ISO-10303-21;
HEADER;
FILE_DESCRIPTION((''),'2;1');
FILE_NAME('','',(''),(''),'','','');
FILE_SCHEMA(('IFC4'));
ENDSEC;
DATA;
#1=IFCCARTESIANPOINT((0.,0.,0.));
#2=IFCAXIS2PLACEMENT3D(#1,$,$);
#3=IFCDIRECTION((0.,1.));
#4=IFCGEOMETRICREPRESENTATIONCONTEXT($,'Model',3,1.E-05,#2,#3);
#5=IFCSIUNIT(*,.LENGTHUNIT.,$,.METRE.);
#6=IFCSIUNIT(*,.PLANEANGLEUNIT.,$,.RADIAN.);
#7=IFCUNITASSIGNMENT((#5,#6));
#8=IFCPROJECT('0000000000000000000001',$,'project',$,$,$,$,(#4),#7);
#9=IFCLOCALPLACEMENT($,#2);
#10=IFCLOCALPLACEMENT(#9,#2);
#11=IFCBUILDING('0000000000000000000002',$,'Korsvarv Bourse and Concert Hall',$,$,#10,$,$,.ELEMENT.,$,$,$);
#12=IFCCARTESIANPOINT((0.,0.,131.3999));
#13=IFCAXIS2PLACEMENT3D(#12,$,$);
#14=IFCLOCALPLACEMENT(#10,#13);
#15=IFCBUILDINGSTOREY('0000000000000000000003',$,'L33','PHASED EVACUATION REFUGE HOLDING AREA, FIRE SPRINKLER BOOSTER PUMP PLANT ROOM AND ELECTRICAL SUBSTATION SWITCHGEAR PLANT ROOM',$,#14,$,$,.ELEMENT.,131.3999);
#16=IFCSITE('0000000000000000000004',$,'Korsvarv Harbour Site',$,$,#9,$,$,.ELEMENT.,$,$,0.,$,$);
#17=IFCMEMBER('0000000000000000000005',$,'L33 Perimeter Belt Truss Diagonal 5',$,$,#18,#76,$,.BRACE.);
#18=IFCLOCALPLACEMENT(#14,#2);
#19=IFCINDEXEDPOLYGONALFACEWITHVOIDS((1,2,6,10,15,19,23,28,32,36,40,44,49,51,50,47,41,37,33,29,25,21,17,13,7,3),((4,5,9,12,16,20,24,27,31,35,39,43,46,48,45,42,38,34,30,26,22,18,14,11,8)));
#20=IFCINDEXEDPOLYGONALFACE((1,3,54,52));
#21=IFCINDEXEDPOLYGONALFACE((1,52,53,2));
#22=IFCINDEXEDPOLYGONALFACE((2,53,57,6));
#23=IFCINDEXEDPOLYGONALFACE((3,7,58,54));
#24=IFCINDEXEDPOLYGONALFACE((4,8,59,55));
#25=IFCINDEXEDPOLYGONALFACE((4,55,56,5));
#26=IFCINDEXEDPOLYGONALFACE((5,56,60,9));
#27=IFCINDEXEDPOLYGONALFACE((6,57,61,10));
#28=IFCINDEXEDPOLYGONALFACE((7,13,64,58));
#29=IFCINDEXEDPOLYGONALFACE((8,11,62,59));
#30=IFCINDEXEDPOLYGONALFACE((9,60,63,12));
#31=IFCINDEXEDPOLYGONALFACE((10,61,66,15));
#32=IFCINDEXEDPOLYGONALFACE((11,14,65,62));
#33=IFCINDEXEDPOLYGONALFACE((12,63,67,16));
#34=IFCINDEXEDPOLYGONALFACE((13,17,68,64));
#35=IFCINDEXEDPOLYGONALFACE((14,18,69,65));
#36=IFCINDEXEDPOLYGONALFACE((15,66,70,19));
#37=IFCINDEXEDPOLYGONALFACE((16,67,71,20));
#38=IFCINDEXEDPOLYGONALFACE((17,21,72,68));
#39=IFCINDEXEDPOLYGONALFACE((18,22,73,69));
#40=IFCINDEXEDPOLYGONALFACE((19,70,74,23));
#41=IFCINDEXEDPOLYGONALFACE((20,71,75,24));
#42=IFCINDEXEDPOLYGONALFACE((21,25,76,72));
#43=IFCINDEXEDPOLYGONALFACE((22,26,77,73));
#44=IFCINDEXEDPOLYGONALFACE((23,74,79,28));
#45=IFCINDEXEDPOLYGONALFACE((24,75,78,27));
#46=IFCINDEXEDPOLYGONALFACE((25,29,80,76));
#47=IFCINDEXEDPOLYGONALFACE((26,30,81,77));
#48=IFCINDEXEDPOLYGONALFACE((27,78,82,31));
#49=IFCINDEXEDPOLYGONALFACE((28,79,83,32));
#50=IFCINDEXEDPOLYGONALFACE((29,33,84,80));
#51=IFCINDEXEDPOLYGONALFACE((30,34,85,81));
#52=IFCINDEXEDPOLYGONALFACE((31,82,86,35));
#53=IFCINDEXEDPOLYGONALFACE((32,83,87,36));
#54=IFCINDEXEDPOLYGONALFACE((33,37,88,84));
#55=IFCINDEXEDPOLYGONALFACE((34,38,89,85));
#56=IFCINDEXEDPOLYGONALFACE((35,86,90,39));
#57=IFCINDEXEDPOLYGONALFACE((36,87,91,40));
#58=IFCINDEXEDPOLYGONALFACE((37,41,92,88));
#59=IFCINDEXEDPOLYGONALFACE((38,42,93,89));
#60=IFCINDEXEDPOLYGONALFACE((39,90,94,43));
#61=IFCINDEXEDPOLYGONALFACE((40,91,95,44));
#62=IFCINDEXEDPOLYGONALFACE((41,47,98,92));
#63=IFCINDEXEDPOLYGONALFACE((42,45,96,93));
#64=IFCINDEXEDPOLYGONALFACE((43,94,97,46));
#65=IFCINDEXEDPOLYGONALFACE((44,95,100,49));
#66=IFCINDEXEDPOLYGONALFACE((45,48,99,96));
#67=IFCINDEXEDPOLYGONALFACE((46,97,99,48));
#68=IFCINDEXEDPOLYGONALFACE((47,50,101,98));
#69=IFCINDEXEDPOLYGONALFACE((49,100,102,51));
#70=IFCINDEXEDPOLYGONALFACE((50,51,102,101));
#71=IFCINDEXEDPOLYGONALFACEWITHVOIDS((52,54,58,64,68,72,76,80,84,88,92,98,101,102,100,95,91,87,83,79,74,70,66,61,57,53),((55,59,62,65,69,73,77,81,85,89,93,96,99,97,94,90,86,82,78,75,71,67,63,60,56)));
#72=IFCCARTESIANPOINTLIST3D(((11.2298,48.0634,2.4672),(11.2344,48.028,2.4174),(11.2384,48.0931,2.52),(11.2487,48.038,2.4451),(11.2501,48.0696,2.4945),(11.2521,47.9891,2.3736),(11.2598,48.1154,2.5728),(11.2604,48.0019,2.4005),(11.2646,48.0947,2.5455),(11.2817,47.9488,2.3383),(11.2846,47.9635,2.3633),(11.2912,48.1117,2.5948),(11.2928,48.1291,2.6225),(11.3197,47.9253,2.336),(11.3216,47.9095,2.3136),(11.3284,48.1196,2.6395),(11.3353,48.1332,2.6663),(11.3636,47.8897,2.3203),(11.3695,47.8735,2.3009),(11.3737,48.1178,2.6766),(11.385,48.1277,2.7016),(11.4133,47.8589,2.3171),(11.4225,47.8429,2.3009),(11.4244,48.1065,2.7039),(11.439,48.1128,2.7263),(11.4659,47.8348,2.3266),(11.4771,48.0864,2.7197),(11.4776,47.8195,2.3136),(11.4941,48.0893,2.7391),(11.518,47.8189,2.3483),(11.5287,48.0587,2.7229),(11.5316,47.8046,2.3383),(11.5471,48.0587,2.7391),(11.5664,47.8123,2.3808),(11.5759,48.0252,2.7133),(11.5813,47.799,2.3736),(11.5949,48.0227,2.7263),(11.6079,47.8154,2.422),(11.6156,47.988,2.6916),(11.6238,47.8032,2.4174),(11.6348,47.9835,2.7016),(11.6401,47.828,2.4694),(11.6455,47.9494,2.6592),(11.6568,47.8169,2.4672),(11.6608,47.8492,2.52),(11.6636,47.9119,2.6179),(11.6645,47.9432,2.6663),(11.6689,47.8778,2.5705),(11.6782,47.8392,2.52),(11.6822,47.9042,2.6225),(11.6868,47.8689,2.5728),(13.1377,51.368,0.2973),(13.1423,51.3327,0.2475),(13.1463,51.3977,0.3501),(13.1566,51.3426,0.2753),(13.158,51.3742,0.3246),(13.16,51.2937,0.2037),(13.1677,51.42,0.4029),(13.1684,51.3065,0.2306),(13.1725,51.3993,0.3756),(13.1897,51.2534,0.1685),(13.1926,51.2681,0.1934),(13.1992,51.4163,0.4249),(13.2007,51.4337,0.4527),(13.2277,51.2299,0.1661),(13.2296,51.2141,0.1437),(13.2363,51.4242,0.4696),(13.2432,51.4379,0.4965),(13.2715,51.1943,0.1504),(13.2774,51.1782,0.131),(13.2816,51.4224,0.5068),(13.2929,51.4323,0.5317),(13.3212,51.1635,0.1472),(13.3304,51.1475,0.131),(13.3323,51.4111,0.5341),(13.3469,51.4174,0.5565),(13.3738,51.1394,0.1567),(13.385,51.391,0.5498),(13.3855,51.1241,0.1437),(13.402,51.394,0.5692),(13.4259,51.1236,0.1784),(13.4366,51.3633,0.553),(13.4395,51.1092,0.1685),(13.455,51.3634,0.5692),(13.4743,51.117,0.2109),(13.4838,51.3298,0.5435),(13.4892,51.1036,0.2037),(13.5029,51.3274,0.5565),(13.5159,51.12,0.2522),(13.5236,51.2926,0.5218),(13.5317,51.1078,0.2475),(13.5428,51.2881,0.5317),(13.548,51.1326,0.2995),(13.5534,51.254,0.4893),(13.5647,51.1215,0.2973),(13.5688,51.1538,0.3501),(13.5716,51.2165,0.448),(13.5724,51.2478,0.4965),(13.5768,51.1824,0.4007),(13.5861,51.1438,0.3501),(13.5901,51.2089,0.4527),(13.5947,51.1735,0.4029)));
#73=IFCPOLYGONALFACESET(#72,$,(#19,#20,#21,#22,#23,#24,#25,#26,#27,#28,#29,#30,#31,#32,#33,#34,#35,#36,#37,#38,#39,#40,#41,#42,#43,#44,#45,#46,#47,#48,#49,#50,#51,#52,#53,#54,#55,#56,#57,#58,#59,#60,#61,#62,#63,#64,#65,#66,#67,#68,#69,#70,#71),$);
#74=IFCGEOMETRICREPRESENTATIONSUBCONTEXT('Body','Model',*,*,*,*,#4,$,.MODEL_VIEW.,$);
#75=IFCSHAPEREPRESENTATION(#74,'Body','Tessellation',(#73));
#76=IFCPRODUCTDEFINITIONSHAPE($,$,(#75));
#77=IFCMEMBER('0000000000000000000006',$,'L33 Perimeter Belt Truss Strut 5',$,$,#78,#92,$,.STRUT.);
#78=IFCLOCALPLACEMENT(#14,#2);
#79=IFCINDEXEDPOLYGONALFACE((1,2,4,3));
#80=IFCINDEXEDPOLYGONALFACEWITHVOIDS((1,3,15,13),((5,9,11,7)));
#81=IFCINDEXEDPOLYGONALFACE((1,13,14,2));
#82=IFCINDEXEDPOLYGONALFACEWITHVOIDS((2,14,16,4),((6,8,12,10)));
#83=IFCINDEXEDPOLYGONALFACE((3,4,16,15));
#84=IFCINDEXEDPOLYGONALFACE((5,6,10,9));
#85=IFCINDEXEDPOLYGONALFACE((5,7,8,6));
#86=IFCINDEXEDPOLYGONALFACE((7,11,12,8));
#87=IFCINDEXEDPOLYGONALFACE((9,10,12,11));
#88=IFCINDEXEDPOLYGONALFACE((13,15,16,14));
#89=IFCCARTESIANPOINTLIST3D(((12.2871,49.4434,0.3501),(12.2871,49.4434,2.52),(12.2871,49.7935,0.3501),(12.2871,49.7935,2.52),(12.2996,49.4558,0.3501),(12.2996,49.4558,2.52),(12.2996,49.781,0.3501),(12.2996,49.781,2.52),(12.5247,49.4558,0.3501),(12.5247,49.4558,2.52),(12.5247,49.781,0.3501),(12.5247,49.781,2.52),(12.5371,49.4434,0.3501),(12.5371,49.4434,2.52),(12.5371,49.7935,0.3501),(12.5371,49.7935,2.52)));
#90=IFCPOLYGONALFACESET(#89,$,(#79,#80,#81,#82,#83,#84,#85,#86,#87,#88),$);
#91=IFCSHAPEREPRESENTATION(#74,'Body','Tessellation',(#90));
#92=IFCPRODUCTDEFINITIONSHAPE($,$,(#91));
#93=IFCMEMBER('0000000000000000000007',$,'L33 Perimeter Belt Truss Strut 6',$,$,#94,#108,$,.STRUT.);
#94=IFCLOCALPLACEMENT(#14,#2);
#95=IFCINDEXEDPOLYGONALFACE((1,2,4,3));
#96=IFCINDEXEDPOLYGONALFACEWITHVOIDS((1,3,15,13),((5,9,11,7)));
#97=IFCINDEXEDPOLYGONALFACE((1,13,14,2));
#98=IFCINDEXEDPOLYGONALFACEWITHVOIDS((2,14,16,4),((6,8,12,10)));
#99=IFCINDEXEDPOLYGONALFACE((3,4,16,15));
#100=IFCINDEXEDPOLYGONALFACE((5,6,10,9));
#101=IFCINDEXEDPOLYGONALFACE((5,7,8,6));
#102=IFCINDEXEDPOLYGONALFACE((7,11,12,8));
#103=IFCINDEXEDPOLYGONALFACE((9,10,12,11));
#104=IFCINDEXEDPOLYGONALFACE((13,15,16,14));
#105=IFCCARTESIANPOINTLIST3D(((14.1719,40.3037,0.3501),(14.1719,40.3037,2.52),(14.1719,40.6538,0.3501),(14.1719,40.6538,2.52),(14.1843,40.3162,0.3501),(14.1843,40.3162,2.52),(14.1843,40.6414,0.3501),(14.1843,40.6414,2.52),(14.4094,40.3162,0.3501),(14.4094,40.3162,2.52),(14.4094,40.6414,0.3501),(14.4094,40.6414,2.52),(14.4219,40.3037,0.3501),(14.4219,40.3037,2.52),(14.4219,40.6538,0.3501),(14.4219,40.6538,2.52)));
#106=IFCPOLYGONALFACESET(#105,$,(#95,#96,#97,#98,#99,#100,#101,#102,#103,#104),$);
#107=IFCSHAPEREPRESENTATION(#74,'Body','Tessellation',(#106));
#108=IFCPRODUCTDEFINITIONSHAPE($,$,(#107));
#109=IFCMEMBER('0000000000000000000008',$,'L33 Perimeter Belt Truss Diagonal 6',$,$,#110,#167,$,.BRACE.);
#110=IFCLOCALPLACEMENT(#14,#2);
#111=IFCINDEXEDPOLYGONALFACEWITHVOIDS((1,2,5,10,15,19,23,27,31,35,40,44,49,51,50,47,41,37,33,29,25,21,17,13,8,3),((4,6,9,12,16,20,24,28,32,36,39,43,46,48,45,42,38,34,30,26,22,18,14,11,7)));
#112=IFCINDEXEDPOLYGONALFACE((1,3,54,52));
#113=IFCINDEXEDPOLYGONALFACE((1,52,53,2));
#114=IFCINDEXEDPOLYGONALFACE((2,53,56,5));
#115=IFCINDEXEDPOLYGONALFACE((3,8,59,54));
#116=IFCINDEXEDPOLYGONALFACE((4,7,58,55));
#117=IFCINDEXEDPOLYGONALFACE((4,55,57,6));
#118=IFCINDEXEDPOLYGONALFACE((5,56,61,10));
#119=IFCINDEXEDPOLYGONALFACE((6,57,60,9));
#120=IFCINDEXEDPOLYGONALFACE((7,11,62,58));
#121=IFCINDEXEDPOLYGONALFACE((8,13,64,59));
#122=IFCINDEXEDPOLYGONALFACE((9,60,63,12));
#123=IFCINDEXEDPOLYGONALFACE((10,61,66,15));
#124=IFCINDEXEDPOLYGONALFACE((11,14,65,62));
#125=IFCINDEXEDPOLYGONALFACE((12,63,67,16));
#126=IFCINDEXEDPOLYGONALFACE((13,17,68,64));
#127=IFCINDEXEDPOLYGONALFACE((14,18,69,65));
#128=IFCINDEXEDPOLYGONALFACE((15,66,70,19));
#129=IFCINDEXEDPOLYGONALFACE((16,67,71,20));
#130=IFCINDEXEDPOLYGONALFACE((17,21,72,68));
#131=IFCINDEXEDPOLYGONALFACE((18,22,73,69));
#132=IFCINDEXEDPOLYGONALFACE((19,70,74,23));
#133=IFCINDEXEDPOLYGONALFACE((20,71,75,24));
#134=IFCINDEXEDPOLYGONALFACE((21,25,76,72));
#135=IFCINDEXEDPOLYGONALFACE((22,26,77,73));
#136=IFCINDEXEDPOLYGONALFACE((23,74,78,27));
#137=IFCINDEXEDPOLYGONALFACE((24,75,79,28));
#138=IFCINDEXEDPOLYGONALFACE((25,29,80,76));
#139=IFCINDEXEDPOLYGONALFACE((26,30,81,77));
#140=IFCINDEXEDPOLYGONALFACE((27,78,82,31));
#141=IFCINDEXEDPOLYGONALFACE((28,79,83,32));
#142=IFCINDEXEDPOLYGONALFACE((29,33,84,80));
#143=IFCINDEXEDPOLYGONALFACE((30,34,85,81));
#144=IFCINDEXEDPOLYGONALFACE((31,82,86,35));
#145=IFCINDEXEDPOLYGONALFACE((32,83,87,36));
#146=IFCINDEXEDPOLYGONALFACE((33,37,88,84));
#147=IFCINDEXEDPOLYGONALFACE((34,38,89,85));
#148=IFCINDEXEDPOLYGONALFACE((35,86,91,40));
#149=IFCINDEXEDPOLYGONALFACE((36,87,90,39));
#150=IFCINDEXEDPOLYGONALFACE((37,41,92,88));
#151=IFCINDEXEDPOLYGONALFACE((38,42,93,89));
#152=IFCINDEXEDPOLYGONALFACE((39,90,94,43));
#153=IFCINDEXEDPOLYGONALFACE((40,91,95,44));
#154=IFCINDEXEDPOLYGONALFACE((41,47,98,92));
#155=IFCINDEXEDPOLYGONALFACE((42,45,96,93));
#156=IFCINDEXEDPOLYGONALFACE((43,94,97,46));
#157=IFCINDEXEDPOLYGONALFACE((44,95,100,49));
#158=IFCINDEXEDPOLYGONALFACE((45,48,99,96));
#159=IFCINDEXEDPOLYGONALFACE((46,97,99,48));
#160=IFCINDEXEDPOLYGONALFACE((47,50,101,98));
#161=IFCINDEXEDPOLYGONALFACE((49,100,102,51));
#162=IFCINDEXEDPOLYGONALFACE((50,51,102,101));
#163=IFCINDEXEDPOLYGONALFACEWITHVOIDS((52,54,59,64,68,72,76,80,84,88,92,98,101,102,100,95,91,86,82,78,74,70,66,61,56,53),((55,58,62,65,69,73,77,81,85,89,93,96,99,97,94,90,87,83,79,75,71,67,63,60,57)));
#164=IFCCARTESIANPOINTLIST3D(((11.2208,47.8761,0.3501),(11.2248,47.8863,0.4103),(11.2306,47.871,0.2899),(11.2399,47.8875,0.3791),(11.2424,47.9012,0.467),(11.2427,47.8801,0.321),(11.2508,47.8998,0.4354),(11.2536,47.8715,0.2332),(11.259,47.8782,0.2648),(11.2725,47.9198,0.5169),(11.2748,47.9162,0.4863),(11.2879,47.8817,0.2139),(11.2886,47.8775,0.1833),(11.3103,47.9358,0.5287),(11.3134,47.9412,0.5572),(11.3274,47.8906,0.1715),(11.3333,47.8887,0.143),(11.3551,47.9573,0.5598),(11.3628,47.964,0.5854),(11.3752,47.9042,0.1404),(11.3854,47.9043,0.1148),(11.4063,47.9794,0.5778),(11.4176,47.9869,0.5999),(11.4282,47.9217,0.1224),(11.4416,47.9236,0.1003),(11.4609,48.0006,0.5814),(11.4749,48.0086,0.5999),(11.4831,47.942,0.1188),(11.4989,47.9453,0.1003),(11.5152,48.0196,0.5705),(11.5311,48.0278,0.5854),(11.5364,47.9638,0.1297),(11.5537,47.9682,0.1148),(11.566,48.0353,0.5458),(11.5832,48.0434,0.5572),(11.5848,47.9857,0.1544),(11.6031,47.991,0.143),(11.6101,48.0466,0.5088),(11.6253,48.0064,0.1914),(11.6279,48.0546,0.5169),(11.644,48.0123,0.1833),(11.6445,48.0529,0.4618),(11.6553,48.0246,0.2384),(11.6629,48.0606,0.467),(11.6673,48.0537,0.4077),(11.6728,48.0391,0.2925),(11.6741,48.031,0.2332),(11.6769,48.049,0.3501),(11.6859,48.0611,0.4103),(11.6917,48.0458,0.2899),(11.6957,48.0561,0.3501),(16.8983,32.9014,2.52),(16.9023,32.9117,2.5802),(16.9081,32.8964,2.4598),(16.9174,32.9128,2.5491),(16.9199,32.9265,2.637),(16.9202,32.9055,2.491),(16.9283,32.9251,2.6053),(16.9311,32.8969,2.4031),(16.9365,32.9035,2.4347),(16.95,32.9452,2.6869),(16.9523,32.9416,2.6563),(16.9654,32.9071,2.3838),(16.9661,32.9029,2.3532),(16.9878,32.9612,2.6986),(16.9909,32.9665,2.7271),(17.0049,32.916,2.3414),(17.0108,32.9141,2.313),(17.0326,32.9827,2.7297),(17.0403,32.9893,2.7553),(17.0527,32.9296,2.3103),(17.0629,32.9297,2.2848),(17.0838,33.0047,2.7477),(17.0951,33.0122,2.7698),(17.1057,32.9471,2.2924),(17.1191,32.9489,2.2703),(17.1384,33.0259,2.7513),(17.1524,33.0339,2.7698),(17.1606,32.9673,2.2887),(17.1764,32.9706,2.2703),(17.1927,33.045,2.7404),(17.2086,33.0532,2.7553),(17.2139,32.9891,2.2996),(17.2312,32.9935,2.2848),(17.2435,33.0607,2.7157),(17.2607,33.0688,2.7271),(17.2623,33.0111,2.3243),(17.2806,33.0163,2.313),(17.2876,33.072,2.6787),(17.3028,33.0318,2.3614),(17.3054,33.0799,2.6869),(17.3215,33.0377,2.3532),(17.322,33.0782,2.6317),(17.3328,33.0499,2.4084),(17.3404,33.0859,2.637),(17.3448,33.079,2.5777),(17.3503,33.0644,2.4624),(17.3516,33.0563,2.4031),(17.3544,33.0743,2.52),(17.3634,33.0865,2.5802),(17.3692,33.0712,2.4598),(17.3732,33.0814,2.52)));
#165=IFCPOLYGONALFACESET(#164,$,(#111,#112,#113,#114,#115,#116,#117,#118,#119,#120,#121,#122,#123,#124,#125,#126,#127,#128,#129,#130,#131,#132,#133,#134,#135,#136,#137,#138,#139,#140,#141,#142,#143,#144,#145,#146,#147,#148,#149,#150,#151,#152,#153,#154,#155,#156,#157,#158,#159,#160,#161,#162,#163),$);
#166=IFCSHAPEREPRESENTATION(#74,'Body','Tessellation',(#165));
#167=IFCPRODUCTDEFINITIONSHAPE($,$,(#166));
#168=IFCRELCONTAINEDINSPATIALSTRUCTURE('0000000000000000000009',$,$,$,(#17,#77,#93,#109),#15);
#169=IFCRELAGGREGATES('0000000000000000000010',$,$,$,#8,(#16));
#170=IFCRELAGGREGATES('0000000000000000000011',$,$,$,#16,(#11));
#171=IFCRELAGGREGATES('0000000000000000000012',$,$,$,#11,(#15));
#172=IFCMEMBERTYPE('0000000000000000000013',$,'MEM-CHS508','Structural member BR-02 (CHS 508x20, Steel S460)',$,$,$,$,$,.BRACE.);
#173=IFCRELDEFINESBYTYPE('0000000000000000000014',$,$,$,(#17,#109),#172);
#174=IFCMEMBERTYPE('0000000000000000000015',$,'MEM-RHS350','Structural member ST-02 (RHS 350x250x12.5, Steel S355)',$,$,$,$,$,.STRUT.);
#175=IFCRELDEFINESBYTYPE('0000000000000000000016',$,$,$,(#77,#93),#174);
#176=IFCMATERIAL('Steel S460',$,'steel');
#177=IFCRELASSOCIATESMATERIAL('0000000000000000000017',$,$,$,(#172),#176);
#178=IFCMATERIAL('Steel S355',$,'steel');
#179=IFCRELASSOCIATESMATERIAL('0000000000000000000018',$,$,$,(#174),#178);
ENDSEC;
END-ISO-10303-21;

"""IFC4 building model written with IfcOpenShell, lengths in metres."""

from ifc_helpers import new_model, si_unit, direction, frame, origin, origin_2d, place, context, subcontext, project, spatial, hollow_rectangle, hollow_circle, extrude, source, transform, mapped, material, material_profile, profile_set, type_object, element, save


model = new_model("IFC4")

# Units and contexts
model_context = context("Model", 3, precision=1e-05, world=origin(), true_north=direction((0.0, 1.0)))
body_context = subcontext(model_context, "Body", "Model", "MODEL_VIEW")
ifc_project = project(units=[si_unit("LENGTHUNIT", "METRE"), si_unit("PLANEANGLEUNIT", "RADIAN")], contexts=[model_context])

# Site, building, storey
site_placement = place(None, origin())
site = spatial("IfcSite", under=ifc_project, at=site_placement, Name="Korsvarv Harbour Site", CompositionType="ELEMENT", RefElevation=0.0)
building_placement = place(site_placement, origin())
building = spatial("IfcBuilding", under=site, at=building_placement, Name="Korsvarv Bourse and Concert Hall", CompositionType="ELEMENT")
storey_placement = place(building_placement, frame((0.0, 0.0, 131.3999)))
storey = spatial("IfcBuildingStorey", under=building, at=storey_placement, Name="L33", Description="PHASED EVACUATION REFUGE HOLDING AREA, FIRE SPRINKLER BOOSTER PUMP PLANT ROOM AND ELECTRICAL SUBSTATION SWITCHGEAR PLANT ROOM", CompositionType="ELEMENT", Elevation=131.3999)

# Shared definitions
ifc_material_1 = material(Name="Steel S460", Category="steel")

# Members
ifc_material_profile_1 = material_profile(ifc_material_1, hollow_circle(Radius=0.2539, WallThickness=0.02, at=origin_2d()), Name="CHS 508x20")
ifc_profile_set_1 = profile_set([ifc_material_profile_1], Name="Steel S460")
member_type_1 = type_object("IfcMemberType", Name="MEM-CHS508", Description="Structural member BR-02 (CHS 508x20, Steel S460)", PredefinedType="BRACE", material=ifc_profile_set_1)
shared_shape_1 = source(origin(), body_context, "Body", "SweptSolid", [
    extrude(hollow_circle(Radius=0.2539, WallThickness=0.02, at=origin_2d()), origin(), (0.0, 0.0, 1.0), 4.3896),
])
member_1_placement = place(storey_placement, frame((13.3662, 51.2708, 0.3501), z_axis=(-0.43464, -0.752821, 0.494317), x_axis=(0.866026, -0.499999, 0.0)))
element("IfcMember", 1, at=member_1_placement, inside=storey, type_object=member_type_1, Name="L33 Perimeter Belt Truss Diagonal 5", PredefinedType="BRACE", context=body_context, shape_type="MappedRepresentation", body=[
    mapped(shared_shape_1, transform((0.0, 0.0, 0.0), scale=1.0)),
])
ifc_material_2 = material(Name="Steel S355", Category="steel")
ifc_material_profile_2 = material_profile(ifc_material_2, hollow_rectangle(XDim=0.25, YDim=0.3501, WallThickness=0.0125, at=origin_2d()), Name="RHS 350x250x12.5")
ifc_profile_set_2 = profile_set([ifc_material_profile_2], Name="Steel S355")
member_type_2 = type_object("IfcMemberType", Name="MEM-RHS350", Description="Structural member ST-02 (RHS 350x250x12.5, Steel S355)", PredefinedType="STRUT", material=ifc_profile_set_2)
shared_shape_2 = source(origin(), body_context, "Body", "SweptSolid", [
    extrude(hollow_rectangle(XDim=0.25, YDim=0.3501, WallThickness=0.0125, at=origin_2d()), origin(), (0.0, 0.0, 1.0), 2.1699),
])
for number, where, z_axis, x_axis, name in (
    (2, (12.4121, 49.6184, 0.3501), (0.0, 0.0, 1.0), (1.0, 0.0, 0.0), "L33 Perimeter Belt Truss Strut 5"),
    (3, (14.2969, 40.4788, 0.3501), (0.0, 0.0, 1.0), (1.0, 0.0, 0.0), "L33 Perimeter Belt Truss Strut 6"),
):
    element("IfcMember", number, at=place(storey_placement, frame(where, z_axis=z_axis, x_axis=x_axis)), inside=storey, type_object=member_type_2, Name=name, PredefinedType="STRUT", context=body_context, shape_type="MappedRepresentation", body=[
        mapped(shared_shape_2, transform((0.0, 0.0, 0.0), scale=1.0)),
    ])
shared_shape_3 = source(origin(), body_context, "Body", "SweptSolid", [
    extrude(hollow_circle(Radius=0.2539, WallThickness=0.02, at=origin_2d()), origin(), (0.0, 0.0, 1.0), 16.1611),
])
member_2_placement = place(storey_placement, frame((11.4583, 47.9661, 0.3501), z_axis=(0.351306, -0.926583, 0.134268), x_axis=(0.93505, 0.354516, 0.0)))
element("IfcMember", 4, at=member_2_placement, inside=storey, type_object=member_type_1, Name="L33 Perimeter Belt Truss Diagonal 6", PredefinedType="BRACE", context=body_context, shape_type="MappedRepresentation", body=[
    mapped(shared_shape_3, transform((0.0, 0.0, 0.0), scale=1.0)),
])

save(model, "model.ifc")
